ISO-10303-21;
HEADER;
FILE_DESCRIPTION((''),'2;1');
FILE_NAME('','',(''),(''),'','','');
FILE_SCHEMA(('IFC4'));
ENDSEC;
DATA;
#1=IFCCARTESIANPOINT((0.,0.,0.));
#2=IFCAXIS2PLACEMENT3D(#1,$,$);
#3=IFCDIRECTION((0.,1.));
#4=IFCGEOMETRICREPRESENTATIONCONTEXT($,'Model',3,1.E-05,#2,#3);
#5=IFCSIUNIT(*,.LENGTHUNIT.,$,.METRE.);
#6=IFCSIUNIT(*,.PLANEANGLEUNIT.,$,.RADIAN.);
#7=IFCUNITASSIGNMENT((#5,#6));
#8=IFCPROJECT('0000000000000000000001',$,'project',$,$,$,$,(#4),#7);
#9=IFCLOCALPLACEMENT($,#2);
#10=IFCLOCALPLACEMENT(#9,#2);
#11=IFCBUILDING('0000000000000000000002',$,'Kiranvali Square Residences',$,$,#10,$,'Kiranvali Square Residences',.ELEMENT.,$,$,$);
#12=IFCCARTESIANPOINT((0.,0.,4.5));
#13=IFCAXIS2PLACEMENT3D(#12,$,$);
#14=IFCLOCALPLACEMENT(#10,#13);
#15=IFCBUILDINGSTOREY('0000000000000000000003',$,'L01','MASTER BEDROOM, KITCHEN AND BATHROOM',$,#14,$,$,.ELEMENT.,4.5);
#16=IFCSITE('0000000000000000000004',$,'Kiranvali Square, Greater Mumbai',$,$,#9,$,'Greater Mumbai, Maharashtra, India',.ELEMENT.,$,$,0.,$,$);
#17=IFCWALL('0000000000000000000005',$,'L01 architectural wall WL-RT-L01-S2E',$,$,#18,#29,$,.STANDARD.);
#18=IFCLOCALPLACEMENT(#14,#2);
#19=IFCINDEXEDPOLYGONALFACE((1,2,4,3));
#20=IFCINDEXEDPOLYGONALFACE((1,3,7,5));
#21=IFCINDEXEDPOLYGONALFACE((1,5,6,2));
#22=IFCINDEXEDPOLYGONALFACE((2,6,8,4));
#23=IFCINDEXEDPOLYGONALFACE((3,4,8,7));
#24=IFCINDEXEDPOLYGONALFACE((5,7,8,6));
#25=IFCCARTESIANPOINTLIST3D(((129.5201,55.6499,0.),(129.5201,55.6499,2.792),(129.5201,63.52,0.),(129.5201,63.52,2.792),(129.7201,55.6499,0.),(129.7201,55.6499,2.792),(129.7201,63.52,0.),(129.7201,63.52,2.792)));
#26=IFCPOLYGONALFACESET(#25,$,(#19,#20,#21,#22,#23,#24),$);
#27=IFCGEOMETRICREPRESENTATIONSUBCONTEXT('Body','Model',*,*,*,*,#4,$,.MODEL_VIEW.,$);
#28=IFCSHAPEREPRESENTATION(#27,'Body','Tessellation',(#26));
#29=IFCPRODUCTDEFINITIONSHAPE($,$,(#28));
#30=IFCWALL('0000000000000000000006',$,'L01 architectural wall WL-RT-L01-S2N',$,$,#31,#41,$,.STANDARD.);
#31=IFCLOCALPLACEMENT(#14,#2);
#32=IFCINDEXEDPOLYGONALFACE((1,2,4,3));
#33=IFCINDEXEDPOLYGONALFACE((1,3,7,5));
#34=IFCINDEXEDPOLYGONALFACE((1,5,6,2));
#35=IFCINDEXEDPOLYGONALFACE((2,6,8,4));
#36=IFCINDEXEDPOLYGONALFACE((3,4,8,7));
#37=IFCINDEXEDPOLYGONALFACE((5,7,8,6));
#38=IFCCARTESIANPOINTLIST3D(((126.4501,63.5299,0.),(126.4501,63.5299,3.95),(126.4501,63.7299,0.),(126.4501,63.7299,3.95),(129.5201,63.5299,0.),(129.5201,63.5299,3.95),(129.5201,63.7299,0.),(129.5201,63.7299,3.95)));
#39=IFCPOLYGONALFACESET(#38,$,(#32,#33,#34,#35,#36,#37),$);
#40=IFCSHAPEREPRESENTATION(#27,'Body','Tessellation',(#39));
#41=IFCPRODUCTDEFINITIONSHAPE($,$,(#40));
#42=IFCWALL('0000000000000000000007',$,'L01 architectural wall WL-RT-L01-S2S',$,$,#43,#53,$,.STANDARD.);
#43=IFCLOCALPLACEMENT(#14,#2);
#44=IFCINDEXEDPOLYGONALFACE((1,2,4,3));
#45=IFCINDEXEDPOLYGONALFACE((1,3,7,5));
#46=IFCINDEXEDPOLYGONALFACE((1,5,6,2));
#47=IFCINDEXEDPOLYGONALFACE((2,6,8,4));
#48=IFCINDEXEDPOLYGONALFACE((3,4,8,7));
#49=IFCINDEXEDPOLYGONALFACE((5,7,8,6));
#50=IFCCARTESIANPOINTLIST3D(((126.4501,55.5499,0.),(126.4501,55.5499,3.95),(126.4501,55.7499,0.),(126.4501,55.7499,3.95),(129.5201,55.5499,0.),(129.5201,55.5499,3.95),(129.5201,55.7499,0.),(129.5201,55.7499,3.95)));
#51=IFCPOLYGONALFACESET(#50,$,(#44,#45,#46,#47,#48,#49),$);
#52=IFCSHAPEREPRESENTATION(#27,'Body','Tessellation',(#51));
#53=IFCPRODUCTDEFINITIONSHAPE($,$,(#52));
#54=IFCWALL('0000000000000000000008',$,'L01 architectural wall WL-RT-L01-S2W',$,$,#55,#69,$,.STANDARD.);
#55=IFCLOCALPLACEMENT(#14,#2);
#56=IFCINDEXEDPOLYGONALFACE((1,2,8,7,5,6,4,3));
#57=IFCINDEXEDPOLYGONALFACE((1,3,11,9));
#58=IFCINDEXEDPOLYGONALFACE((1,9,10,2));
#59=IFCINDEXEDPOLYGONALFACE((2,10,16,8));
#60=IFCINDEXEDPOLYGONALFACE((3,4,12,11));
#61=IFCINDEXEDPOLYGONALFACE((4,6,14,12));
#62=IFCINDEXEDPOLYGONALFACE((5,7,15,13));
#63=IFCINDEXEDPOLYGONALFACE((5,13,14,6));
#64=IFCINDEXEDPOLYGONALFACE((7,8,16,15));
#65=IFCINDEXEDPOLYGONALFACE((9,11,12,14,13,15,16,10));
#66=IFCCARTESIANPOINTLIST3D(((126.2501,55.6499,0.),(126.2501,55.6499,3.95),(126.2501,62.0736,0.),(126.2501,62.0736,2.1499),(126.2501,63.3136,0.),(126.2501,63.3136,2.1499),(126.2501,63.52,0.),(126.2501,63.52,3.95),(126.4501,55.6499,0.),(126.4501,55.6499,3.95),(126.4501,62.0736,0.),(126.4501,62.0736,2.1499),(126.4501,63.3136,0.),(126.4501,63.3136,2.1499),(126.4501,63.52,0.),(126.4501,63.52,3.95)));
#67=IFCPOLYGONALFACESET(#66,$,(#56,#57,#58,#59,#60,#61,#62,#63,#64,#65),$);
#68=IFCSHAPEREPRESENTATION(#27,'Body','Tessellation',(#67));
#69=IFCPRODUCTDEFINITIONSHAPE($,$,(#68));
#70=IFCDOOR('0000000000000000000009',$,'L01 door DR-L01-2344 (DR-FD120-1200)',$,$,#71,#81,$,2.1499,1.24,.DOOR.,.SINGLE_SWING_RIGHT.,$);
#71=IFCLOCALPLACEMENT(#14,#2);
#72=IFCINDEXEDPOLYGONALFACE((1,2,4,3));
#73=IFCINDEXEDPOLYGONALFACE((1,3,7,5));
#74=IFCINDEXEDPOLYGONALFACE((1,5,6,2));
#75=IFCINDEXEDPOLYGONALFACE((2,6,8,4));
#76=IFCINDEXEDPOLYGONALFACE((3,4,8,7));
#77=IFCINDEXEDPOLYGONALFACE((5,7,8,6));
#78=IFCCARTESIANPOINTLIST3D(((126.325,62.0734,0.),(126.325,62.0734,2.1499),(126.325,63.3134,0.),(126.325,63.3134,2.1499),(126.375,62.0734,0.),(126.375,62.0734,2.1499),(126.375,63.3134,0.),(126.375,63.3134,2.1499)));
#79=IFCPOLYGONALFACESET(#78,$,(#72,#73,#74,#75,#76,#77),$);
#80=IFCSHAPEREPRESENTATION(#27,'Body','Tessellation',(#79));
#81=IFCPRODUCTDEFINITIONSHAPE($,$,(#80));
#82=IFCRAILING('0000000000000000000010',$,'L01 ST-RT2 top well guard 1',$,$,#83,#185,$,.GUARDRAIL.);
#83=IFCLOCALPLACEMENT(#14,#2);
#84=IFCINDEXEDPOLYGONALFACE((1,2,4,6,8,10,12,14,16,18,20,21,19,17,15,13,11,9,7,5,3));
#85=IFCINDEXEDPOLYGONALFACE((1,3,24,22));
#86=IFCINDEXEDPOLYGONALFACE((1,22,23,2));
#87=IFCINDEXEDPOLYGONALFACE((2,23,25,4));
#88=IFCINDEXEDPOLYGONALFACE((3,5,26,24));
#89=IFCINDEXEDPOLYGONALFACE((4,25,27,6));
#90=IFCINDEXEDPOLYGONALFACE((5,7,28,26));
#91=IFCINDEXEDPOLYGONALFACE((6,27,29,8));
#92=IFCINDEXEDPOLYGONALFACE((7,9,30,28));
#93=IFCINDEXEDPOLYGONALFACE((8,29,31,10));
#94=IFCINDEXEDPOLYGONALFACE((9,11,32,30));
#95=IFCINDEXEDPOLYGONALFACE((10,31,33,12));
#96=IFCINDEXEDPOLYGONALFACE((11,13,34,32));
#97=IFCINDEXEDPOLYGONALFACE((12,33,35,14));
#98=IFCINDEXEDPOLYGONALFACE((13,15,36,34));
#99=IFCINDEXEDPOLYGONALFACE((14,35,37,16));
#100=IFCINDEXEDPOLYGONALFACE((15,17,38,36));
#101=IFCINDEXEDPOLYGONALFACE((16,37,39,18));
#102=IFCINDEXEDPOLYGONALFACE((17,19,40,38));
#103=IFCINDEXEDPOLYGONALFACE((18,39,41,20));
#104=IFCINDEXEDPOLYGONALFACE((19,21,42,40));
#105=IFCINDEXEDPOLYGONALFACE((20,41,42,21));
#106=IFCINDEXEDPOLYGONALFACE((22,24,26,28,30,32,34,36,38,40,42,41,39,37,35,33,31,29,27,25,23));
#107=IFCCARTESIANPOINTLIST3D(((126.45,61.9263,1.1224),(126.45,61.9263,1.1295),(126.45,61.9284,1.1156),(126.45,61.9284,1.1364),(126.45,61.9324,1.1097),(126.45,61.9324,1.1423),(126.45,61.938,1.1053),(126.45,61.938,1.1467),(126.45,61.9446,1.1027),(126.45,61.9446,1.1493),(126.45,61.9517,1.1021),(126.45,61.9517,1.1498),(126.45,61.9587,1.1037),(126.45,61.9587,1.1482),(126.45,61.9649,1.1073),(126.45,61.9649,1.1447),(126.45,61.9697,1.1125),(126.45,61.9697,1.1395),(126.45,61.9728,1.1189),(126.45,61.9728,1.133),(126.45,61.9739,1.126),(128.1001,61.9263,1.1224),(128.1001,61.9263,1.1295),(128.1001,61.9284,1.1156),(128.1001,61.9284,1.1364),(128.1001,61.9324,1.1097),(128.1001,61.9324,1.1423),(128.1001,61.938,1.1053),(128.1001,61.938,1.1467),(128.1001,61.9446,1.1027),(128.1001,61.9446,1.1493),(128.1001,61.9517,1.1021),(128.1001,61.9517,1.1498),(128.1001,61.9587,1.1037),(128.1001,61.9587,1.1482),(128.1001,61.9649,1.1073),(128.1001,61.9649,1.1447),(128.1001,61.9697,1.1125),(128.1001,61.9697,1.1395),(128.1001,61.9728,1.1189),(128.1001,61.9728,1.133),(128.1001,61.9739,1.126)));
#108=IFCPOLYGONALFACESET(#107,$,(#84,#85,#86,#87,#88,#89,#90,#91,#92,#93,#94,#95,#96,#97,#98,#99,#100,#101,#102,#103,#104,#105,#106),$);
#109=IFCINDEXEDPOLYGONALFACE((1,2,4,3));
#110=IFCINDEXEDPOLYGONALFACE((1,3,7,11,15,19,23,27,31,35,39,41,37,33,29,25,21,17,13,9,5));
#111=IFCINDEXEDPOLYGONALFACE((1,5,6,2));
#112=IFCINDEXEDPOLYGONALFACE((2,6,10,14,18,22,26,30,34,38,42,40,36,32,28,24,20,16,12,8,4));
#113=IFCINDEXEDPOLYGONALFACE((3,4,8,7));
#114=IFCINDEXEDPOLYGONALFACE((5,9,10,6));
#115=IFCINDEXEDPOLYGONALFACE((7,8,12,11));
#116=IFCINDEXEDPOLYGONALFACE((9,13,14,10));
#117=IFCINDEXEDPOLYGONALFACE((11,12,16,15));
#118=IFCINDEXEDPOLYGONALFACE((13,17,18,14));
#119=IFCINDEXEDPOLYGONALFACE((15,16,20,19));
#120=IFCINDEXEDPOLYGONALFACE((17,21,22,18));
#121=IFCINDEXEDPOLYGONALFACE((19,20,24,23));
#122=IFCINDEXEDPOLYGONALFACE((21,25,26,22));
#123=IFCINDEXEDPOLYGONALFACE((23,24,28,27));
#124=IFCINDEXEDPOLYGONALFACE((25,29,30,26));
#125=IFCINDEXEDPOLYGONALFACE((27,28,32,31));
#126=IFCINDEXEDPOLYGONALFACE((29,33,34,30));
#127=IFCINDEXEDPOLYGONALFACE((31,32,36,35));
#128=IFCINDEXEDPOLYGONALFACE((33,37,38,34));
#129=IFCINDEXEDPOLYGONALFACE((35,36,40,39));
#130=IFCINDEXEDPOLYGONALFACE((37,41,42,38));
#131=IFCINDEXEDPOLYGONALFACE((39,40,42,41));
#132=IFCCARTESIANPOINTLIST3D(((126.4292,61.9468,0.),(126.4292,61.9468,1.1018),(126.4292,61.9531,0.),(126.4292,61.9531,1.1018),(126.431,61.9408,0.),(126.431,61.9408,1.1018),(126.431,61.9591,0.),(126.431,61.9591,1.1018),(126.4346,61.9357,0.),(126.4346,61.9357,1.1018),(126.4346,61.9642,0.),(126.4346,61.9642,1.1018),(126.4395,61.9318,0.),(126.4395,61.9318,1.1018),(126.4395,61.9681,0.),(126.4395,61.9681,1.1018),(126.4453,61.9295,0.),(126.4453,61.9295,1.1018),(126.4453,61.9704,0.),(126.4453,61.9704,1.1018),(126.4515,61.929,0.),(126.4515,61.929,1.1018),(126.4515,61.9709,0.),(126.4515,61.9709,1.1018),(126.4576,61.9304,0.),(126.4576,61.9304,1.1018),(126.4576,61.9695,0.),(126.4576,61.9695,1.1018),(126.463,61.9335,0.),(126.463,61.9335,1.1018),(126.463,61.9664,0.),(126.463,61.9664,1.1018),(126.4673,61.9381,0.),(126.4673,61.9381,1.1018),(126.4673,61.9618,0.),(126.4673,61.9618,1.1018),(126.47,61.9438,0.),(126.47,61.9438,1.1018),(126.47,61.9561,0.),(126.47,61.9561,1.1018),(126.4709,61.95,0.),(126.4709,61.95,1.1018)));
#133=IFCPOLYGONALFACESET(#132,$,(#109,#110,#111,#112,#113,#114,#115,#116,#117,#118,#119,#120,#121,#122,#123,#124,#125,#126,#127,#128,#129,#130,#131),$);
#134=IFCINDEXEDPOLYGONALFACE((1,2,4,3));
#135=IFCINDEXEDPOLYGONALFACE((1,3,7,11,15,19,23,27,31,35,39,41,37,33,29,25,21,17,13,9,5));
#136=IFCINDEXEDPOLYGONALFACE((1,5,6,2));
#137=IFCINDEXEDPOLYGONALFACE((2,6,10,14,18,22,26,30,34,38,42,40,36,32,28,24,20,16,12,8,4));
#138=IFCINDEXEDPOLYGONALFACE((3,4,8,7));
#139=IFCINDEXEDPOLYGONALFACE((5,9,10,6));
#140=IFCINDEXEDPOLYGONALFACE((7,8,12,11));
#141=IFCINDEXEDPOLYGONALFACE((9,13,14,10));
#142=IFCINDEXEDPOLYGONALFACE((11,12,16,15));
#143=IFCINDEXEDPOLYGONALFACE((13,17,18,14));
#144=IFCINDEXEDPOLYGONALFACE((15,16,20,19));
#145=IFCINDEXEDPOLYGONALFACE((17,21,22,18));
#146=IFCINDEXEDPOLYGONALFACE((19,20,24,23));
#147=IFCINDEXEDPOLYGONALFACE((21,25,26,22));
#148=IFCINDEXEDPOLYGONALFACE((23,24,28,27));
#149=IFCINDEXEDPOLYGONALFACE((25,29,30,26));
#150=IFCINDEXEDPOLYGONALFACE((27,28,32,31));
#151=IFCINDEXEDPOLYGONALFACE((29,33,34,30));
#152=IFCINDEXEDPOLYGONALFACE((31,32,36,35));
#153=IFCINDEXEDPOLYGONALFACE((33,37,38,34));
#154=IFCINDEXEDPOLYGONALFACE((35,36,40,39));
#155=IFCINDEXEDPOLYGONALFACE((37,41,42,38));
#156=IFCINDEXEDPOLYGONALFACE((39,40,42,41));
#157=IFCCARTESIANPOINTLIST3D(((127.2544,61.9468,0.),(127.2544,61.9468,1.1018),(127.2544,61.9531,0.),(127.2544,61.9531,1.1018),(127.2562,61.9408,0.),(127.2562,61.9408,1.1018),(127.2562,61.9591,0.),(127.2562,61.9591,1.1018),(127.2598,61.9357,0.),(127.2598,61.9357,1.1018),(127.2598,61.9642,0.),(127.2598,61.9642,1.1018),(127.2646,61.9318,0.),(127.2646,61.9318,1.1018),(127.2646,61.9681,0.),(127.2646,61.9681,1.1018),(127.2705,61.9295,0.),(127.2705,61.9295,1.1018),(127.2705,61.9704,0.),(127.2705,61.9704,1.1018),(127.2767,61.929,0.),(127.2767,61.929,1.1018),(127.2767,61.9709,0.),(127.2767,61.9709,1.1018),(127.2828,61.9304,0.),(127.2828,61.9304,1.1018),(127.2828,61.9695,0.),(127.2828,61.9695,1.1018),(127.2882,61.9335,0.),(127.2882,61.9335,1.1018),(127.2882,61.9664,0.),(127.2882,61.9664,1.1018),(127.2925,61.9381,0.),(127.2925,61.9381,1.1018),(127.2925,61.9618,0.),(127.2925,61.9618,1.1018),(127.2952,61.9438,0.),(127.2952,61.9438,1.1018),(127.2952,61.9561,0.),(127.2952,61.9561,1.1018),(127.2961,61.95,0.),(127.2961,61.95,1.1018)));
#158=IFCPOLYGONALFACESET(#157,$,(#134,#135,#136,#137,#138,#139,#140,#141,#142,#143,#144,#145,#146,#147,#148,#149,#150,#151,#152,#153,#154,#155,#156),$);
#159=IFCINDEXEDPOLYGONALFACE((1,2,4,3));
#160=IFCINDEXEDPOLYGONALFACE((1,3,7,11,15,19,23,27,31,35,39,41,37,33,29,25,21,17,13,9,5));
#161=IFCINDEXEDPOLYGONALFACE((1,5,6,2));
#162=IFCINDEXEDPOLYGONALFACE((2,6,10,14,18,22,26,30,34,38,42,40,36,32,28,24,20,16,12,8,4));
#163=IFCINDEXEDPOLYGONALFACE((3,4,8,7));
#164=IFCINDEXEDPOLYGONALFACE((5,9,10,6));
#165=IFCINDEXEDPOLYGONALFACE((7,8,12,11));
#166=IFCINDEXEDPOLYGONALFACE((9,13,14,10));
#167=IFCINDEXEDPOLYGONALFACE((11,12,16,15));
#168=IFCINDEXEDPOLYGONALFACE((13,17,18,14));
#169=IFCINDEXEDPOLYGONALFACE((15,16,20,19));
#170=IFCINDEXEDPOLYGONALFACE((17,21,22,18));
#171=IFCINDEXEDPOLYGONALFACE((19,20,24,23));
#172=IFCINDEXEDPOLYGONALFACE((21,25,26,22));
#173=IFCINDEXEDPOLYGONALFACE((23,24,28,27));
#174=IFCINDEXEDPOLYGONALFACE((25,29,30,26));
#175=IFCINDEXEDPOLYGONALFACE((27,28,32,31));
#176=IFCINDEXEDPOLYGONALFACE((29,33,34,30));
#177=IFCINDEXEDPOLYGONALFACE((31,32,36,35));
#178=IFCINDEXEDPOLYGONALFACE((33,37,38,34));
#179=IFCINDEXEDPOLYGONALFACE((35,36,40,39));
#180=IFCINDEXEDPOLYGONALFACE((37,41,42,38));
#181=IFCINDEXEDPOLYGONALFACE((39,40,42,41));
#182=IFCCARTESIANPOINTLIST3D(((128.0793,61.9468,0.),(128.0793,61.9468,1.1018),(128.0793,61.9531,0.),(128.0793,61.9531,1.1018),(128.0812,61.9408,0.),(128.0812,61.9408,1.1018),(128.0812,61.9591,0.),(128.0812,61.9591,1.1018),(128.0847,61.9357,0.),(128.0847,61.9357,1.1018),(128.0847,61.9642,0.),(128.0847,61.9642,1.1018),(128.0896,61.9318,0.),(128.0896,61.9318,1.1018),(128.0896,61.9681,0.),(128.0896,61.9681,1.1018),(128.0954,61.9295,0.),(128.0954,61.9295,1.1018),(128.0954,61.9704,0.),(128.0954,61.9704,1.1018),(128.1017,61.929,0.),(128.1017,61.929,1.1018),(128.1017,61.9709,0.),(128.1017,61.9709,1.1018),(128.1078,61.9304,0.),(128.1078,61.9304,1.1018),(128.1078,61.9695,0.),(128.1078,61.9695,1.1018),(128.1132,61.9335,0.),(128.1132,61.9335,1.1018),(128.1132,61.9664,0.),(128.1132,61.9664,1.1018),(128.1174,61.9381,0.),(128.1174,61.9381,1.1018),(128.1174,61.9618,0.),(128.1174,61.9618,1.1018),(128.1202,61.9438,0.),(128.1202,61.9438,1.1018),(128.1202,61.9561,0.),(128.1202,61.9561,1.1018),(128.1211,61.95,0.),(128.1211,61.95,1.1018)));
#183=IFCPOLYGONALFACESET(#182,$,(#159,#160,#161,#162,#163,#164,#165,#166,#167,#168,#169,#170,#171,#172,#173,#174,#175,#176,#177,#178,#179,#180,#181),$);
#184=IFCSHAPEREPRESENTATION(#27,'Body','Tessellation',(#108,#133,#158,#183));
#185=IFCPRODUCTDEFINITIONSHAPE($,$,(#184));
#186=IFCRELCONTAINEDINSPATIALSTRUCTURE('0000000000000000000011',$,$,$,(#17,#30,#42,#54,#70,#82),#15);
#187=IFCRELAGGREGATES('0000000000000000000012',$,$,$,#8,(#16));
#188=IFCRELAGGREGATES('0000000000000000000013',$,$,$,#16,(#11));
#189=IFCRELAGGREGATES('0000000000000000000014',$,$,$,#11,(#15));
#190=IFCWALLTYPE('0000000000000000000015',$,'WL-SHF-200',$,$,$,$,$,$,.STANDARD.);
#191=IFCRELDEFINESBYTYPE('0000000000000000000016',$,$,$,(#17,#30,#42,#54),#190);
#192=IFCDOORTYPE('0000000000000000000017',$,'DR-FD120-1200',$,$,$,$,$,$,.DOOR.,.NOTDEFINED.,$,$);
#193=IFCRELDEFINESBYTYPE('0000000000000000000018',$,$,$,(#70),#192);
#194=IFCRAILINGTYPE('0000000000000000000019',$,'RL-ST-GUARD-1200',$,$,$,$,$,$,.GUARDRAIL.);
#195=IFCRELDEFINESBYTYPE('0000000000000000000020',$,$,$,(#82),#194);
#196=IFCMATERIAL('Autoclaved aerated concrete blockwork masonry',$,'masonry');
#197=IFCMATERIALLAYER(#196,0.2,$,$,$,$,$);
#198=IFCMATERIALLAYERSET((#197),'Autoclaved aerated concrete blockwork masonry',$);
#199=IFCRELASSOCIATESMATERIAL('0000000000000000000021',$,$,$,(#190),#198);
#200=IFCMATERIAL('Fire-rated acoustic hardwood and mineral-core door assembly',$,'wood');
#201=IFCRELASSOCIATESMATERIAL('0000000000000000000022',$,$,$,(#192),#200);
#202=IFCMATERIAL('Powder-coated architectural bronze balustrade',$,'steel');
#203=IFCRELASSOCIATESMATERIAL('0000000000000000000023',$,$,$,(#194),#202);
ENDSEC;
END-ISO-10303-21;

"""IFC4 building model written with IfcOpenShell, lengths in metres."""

from ifc_helpers import new_model, si_unit, direction, frame, frame_2d, origin, origin_2d, place, context, subcontext, project, spatial, rectangle, circle, extrude, material, layer, layer_set, type_object, element, fill, save


model = new_model("IFC4")

# Units and contexts
model_context = context("Model", 3, precision=1e-05, world=origin(), true_north=direction((0.0, 1.0)))
body_context = subcontext(model_context, "Body", "Model", "MODEL_VIEW")
ifc_project = project(units=[si_unit("LENGTHUNIT", "METRE"), si_unit("PLANEANGLEUNIT", "RADIAN")], contexts=[model_context])

# Site, building, storey
site_placement = place(None, origin())
site = spatial("IfcSite", under=ifc_project, at=site_placement, Name="Kiranvali Square, Greater Mumbai", LongName="Greater Mumbai, Maharashtra, India", CompositionType="ELEMENT", RefElevation=0.0)
building_placement = place(site_placement, origin())
building = spatial("IfcBuilding", under=site, at=building_placement, Name="Kiranvali Square Residences", LongName="Kiranvali Square Residences", CompositionType="ELEMENT")
storey_placement = place(building_placement, frame((0.0, 0.0, 4.5)))
storey = spatial("IfcBuildingStorey", under=building, at=storey_placement, Name="L01", Description="MASTER BEDROOM, KITCHEN AND BATHROOM", CompositionType="ELEMENT", Elevation=4.5)

# Shared definitions
ifc_material_1 = material(Name="Autoclaved aerated concrete blockwork masonry", Category="masonry")

# Walls
ifc_layer_1 = layer(ifc_material_1, 0.2)
ifc_layer_set_1 = layer_set([ifc_layer_1], Name="Autoclaved aerated concrete blockwork masonry")
wall_type_1 = type_object("IfcWallType", Name="WL-SHF-200", PredefinedType="STANDARD", material=ifc_layer_set_1)
wall_1_placement = place(storey_placement, frame((129.6201, 55.6499, 0.0), z_axis=(0.0, 0.0, 1.0), x_axis=(0.0, 1.0, 0.0)))
element("IfcWall", 1, at=wall_1_placement, inside=storey, type_object=wall_type_1, Name="L01 architectural wall WL-RT-L01-S2E", PredefinedType="STANDARD", context=body_context, shape_type="SweptSolid", body=[
    extrude(rectangle(XDim=7.8701, YDim=0.2, at=frame_2d((3.9351, 0.0))), origin(), (0.0, 0.0, 1.0), 2.792),
])
for number, where, z_axis, x_axis, name in (
    (2, (126.45, 63.6299, 0.0), (0.0, 0.0, 1.0), (1.0, 0.0, 0.0), "L01 architectural wall WL-RT-L01-S2N"),
    (3, (126.45, 55.6499, 0.0), (0.0, 0.0, 1.0), (1.0, 0.0, 0.0), "L01 architectural wall WL-RT-L01-S2S"),
):
    element("IfcWall", number, at=place(storey_placement, frame(where, z_axis=z_axis, x_axis=x_axis)), inside=storey, type_object=wall_type_1, Name=name, PredefinedType="STANDARD", context=body_context, shape_type="SweptSolid", body=[
        extrude(rectangle(XDim=3.0701, YDim=0.2, at=frame_2d((1.5352, 0.0))), origin(), (0.0, 0.0, 1.0), 3.95),
    ])

# Wall, opening, door
wall_2_placement = place(storey_placement, frame((126.3501, 55.6499, 0.0), z_axis=(0.0, 0.0, 1.0), x_axis=(0.0, 1.0, 0.0)))
wall_2 = element("IfcWall", 4, at=wall_2_placement, inside=storey, type_object=wall_type_1, Name="L01 architectural wall WL-RT-L01-S2W", PredefinedType="STANDARD", context=body_context, shape_type="SweptSolid", body=[
    extrude(rectangle(XDim=7.8701, YDim=0.2, at=frame_2d((3.9351, 0.0))), origin(), (0.0, 0.0, 1.0), 3.95),
])
opening_1_placement = place(wall_2_placement, frame((6.4236, 0.0, 0.0)))
opening_1 = element("IfcOpeningElement", 5, at=opening_1_placement, cuts=wall_2, PredefinedType="OPENING", context=body_context, shape_type="SweptSolid", body=[
    extrude(rectangle(XDim=1.24, YDim=2.1499, at=frame_2d((0.6201, 1.075))), frame((0.0, 0.1099, 0.0), z_axis=(0.0, -1.0, 0.0), x_axis=(1.0, 0.0, 0.0)), (0.0, 0.0, 1.0), 0.22),
])
ifc_material_2 = material(Name="Fire-rated acoustic hardwood and mineral-core door assembly", Category="wood")
door_type = type_object("IfcDoorType", Name="DR-FD120-1200", OperationType="NOTDEFINED", PredefinedType="DOOR", material=ifc_material_2)
door_placement = place(opening_1_placement, frame((1.24, 0.0, 0.0), z_axis=(0.0, 0.0, 1.0), x_axis=(-1.0, 0.0, 0.0)))
door = element("IfcDoor", 6, at=door_placement, inside=storey, type_object=door_type, Name="L01 door DR-L01-2344 (DR-FD120-1200)", OperationType="SINGLE_SWING_RIGHT", OverallHeight=2.1499, OverallWidth=1.24, PredefinedType="DOOR", context=body_context, shape_type="SweptSolid", body=[
    extrude(rectangle(XDim=1.24, YDim=2.1499, at=frame_2d((0.6201, 1.075))), frame((0.0, 0.0249, 0.0), z_axis=(0.0, -1.0, 0.0), x_axis=(1.0, 0.0, 0.0)), (0.0, 0.0, 1.0), 0.05),
])
fill(opening_1, door)

# Railing
ifc_material_3 = material(Name="Powder-coated architectural bronze balustrade", Category="steel")
railing_type = type_object("IfcRailingType", Name="RL-ST-GUARD-1200", PredefinedType="GUARDRAIL", material=ifc_material_3)
railing_placement = place(storey_placement, frame((126.45, 61.95, 0.0)))
element("IfcRailing", 7, at=railing_placement, inside=storey, type_object=railing_type, Name="L01 ST-RT2 top well guard 1", PredefinedType="GUARDRAIL", context=body_context, shape_type="SweptSolid", body=[
    extrude(circle(Radius=0.0239, at=origin_2d()), frame((0.0, 0.0, 1.126), z_axis=(1.0, 0.0, 0.0), x_axis=(0.0, 1.0, 0.0)), (0.0, 0.0, 1.0), 1.6501),
    extrude(circle(Radius=0.021, at=origin_2d()), origin(), (0.0, 0.0, 1.0), 1.1018),
    extrude(circle(Radius=0.021, at=origin_2d()), frame((0.8252, 0.0, 0.0)), (0.0, 0.0, 1.0), 1.1018),
    extrude(circle(Radius=0.021, at=origin_2d()), frame((1.6501, 0.0, 0.0)), (0.0, 0.0, 1.0), 1.1018),
])

save(model, "model.ifc")
